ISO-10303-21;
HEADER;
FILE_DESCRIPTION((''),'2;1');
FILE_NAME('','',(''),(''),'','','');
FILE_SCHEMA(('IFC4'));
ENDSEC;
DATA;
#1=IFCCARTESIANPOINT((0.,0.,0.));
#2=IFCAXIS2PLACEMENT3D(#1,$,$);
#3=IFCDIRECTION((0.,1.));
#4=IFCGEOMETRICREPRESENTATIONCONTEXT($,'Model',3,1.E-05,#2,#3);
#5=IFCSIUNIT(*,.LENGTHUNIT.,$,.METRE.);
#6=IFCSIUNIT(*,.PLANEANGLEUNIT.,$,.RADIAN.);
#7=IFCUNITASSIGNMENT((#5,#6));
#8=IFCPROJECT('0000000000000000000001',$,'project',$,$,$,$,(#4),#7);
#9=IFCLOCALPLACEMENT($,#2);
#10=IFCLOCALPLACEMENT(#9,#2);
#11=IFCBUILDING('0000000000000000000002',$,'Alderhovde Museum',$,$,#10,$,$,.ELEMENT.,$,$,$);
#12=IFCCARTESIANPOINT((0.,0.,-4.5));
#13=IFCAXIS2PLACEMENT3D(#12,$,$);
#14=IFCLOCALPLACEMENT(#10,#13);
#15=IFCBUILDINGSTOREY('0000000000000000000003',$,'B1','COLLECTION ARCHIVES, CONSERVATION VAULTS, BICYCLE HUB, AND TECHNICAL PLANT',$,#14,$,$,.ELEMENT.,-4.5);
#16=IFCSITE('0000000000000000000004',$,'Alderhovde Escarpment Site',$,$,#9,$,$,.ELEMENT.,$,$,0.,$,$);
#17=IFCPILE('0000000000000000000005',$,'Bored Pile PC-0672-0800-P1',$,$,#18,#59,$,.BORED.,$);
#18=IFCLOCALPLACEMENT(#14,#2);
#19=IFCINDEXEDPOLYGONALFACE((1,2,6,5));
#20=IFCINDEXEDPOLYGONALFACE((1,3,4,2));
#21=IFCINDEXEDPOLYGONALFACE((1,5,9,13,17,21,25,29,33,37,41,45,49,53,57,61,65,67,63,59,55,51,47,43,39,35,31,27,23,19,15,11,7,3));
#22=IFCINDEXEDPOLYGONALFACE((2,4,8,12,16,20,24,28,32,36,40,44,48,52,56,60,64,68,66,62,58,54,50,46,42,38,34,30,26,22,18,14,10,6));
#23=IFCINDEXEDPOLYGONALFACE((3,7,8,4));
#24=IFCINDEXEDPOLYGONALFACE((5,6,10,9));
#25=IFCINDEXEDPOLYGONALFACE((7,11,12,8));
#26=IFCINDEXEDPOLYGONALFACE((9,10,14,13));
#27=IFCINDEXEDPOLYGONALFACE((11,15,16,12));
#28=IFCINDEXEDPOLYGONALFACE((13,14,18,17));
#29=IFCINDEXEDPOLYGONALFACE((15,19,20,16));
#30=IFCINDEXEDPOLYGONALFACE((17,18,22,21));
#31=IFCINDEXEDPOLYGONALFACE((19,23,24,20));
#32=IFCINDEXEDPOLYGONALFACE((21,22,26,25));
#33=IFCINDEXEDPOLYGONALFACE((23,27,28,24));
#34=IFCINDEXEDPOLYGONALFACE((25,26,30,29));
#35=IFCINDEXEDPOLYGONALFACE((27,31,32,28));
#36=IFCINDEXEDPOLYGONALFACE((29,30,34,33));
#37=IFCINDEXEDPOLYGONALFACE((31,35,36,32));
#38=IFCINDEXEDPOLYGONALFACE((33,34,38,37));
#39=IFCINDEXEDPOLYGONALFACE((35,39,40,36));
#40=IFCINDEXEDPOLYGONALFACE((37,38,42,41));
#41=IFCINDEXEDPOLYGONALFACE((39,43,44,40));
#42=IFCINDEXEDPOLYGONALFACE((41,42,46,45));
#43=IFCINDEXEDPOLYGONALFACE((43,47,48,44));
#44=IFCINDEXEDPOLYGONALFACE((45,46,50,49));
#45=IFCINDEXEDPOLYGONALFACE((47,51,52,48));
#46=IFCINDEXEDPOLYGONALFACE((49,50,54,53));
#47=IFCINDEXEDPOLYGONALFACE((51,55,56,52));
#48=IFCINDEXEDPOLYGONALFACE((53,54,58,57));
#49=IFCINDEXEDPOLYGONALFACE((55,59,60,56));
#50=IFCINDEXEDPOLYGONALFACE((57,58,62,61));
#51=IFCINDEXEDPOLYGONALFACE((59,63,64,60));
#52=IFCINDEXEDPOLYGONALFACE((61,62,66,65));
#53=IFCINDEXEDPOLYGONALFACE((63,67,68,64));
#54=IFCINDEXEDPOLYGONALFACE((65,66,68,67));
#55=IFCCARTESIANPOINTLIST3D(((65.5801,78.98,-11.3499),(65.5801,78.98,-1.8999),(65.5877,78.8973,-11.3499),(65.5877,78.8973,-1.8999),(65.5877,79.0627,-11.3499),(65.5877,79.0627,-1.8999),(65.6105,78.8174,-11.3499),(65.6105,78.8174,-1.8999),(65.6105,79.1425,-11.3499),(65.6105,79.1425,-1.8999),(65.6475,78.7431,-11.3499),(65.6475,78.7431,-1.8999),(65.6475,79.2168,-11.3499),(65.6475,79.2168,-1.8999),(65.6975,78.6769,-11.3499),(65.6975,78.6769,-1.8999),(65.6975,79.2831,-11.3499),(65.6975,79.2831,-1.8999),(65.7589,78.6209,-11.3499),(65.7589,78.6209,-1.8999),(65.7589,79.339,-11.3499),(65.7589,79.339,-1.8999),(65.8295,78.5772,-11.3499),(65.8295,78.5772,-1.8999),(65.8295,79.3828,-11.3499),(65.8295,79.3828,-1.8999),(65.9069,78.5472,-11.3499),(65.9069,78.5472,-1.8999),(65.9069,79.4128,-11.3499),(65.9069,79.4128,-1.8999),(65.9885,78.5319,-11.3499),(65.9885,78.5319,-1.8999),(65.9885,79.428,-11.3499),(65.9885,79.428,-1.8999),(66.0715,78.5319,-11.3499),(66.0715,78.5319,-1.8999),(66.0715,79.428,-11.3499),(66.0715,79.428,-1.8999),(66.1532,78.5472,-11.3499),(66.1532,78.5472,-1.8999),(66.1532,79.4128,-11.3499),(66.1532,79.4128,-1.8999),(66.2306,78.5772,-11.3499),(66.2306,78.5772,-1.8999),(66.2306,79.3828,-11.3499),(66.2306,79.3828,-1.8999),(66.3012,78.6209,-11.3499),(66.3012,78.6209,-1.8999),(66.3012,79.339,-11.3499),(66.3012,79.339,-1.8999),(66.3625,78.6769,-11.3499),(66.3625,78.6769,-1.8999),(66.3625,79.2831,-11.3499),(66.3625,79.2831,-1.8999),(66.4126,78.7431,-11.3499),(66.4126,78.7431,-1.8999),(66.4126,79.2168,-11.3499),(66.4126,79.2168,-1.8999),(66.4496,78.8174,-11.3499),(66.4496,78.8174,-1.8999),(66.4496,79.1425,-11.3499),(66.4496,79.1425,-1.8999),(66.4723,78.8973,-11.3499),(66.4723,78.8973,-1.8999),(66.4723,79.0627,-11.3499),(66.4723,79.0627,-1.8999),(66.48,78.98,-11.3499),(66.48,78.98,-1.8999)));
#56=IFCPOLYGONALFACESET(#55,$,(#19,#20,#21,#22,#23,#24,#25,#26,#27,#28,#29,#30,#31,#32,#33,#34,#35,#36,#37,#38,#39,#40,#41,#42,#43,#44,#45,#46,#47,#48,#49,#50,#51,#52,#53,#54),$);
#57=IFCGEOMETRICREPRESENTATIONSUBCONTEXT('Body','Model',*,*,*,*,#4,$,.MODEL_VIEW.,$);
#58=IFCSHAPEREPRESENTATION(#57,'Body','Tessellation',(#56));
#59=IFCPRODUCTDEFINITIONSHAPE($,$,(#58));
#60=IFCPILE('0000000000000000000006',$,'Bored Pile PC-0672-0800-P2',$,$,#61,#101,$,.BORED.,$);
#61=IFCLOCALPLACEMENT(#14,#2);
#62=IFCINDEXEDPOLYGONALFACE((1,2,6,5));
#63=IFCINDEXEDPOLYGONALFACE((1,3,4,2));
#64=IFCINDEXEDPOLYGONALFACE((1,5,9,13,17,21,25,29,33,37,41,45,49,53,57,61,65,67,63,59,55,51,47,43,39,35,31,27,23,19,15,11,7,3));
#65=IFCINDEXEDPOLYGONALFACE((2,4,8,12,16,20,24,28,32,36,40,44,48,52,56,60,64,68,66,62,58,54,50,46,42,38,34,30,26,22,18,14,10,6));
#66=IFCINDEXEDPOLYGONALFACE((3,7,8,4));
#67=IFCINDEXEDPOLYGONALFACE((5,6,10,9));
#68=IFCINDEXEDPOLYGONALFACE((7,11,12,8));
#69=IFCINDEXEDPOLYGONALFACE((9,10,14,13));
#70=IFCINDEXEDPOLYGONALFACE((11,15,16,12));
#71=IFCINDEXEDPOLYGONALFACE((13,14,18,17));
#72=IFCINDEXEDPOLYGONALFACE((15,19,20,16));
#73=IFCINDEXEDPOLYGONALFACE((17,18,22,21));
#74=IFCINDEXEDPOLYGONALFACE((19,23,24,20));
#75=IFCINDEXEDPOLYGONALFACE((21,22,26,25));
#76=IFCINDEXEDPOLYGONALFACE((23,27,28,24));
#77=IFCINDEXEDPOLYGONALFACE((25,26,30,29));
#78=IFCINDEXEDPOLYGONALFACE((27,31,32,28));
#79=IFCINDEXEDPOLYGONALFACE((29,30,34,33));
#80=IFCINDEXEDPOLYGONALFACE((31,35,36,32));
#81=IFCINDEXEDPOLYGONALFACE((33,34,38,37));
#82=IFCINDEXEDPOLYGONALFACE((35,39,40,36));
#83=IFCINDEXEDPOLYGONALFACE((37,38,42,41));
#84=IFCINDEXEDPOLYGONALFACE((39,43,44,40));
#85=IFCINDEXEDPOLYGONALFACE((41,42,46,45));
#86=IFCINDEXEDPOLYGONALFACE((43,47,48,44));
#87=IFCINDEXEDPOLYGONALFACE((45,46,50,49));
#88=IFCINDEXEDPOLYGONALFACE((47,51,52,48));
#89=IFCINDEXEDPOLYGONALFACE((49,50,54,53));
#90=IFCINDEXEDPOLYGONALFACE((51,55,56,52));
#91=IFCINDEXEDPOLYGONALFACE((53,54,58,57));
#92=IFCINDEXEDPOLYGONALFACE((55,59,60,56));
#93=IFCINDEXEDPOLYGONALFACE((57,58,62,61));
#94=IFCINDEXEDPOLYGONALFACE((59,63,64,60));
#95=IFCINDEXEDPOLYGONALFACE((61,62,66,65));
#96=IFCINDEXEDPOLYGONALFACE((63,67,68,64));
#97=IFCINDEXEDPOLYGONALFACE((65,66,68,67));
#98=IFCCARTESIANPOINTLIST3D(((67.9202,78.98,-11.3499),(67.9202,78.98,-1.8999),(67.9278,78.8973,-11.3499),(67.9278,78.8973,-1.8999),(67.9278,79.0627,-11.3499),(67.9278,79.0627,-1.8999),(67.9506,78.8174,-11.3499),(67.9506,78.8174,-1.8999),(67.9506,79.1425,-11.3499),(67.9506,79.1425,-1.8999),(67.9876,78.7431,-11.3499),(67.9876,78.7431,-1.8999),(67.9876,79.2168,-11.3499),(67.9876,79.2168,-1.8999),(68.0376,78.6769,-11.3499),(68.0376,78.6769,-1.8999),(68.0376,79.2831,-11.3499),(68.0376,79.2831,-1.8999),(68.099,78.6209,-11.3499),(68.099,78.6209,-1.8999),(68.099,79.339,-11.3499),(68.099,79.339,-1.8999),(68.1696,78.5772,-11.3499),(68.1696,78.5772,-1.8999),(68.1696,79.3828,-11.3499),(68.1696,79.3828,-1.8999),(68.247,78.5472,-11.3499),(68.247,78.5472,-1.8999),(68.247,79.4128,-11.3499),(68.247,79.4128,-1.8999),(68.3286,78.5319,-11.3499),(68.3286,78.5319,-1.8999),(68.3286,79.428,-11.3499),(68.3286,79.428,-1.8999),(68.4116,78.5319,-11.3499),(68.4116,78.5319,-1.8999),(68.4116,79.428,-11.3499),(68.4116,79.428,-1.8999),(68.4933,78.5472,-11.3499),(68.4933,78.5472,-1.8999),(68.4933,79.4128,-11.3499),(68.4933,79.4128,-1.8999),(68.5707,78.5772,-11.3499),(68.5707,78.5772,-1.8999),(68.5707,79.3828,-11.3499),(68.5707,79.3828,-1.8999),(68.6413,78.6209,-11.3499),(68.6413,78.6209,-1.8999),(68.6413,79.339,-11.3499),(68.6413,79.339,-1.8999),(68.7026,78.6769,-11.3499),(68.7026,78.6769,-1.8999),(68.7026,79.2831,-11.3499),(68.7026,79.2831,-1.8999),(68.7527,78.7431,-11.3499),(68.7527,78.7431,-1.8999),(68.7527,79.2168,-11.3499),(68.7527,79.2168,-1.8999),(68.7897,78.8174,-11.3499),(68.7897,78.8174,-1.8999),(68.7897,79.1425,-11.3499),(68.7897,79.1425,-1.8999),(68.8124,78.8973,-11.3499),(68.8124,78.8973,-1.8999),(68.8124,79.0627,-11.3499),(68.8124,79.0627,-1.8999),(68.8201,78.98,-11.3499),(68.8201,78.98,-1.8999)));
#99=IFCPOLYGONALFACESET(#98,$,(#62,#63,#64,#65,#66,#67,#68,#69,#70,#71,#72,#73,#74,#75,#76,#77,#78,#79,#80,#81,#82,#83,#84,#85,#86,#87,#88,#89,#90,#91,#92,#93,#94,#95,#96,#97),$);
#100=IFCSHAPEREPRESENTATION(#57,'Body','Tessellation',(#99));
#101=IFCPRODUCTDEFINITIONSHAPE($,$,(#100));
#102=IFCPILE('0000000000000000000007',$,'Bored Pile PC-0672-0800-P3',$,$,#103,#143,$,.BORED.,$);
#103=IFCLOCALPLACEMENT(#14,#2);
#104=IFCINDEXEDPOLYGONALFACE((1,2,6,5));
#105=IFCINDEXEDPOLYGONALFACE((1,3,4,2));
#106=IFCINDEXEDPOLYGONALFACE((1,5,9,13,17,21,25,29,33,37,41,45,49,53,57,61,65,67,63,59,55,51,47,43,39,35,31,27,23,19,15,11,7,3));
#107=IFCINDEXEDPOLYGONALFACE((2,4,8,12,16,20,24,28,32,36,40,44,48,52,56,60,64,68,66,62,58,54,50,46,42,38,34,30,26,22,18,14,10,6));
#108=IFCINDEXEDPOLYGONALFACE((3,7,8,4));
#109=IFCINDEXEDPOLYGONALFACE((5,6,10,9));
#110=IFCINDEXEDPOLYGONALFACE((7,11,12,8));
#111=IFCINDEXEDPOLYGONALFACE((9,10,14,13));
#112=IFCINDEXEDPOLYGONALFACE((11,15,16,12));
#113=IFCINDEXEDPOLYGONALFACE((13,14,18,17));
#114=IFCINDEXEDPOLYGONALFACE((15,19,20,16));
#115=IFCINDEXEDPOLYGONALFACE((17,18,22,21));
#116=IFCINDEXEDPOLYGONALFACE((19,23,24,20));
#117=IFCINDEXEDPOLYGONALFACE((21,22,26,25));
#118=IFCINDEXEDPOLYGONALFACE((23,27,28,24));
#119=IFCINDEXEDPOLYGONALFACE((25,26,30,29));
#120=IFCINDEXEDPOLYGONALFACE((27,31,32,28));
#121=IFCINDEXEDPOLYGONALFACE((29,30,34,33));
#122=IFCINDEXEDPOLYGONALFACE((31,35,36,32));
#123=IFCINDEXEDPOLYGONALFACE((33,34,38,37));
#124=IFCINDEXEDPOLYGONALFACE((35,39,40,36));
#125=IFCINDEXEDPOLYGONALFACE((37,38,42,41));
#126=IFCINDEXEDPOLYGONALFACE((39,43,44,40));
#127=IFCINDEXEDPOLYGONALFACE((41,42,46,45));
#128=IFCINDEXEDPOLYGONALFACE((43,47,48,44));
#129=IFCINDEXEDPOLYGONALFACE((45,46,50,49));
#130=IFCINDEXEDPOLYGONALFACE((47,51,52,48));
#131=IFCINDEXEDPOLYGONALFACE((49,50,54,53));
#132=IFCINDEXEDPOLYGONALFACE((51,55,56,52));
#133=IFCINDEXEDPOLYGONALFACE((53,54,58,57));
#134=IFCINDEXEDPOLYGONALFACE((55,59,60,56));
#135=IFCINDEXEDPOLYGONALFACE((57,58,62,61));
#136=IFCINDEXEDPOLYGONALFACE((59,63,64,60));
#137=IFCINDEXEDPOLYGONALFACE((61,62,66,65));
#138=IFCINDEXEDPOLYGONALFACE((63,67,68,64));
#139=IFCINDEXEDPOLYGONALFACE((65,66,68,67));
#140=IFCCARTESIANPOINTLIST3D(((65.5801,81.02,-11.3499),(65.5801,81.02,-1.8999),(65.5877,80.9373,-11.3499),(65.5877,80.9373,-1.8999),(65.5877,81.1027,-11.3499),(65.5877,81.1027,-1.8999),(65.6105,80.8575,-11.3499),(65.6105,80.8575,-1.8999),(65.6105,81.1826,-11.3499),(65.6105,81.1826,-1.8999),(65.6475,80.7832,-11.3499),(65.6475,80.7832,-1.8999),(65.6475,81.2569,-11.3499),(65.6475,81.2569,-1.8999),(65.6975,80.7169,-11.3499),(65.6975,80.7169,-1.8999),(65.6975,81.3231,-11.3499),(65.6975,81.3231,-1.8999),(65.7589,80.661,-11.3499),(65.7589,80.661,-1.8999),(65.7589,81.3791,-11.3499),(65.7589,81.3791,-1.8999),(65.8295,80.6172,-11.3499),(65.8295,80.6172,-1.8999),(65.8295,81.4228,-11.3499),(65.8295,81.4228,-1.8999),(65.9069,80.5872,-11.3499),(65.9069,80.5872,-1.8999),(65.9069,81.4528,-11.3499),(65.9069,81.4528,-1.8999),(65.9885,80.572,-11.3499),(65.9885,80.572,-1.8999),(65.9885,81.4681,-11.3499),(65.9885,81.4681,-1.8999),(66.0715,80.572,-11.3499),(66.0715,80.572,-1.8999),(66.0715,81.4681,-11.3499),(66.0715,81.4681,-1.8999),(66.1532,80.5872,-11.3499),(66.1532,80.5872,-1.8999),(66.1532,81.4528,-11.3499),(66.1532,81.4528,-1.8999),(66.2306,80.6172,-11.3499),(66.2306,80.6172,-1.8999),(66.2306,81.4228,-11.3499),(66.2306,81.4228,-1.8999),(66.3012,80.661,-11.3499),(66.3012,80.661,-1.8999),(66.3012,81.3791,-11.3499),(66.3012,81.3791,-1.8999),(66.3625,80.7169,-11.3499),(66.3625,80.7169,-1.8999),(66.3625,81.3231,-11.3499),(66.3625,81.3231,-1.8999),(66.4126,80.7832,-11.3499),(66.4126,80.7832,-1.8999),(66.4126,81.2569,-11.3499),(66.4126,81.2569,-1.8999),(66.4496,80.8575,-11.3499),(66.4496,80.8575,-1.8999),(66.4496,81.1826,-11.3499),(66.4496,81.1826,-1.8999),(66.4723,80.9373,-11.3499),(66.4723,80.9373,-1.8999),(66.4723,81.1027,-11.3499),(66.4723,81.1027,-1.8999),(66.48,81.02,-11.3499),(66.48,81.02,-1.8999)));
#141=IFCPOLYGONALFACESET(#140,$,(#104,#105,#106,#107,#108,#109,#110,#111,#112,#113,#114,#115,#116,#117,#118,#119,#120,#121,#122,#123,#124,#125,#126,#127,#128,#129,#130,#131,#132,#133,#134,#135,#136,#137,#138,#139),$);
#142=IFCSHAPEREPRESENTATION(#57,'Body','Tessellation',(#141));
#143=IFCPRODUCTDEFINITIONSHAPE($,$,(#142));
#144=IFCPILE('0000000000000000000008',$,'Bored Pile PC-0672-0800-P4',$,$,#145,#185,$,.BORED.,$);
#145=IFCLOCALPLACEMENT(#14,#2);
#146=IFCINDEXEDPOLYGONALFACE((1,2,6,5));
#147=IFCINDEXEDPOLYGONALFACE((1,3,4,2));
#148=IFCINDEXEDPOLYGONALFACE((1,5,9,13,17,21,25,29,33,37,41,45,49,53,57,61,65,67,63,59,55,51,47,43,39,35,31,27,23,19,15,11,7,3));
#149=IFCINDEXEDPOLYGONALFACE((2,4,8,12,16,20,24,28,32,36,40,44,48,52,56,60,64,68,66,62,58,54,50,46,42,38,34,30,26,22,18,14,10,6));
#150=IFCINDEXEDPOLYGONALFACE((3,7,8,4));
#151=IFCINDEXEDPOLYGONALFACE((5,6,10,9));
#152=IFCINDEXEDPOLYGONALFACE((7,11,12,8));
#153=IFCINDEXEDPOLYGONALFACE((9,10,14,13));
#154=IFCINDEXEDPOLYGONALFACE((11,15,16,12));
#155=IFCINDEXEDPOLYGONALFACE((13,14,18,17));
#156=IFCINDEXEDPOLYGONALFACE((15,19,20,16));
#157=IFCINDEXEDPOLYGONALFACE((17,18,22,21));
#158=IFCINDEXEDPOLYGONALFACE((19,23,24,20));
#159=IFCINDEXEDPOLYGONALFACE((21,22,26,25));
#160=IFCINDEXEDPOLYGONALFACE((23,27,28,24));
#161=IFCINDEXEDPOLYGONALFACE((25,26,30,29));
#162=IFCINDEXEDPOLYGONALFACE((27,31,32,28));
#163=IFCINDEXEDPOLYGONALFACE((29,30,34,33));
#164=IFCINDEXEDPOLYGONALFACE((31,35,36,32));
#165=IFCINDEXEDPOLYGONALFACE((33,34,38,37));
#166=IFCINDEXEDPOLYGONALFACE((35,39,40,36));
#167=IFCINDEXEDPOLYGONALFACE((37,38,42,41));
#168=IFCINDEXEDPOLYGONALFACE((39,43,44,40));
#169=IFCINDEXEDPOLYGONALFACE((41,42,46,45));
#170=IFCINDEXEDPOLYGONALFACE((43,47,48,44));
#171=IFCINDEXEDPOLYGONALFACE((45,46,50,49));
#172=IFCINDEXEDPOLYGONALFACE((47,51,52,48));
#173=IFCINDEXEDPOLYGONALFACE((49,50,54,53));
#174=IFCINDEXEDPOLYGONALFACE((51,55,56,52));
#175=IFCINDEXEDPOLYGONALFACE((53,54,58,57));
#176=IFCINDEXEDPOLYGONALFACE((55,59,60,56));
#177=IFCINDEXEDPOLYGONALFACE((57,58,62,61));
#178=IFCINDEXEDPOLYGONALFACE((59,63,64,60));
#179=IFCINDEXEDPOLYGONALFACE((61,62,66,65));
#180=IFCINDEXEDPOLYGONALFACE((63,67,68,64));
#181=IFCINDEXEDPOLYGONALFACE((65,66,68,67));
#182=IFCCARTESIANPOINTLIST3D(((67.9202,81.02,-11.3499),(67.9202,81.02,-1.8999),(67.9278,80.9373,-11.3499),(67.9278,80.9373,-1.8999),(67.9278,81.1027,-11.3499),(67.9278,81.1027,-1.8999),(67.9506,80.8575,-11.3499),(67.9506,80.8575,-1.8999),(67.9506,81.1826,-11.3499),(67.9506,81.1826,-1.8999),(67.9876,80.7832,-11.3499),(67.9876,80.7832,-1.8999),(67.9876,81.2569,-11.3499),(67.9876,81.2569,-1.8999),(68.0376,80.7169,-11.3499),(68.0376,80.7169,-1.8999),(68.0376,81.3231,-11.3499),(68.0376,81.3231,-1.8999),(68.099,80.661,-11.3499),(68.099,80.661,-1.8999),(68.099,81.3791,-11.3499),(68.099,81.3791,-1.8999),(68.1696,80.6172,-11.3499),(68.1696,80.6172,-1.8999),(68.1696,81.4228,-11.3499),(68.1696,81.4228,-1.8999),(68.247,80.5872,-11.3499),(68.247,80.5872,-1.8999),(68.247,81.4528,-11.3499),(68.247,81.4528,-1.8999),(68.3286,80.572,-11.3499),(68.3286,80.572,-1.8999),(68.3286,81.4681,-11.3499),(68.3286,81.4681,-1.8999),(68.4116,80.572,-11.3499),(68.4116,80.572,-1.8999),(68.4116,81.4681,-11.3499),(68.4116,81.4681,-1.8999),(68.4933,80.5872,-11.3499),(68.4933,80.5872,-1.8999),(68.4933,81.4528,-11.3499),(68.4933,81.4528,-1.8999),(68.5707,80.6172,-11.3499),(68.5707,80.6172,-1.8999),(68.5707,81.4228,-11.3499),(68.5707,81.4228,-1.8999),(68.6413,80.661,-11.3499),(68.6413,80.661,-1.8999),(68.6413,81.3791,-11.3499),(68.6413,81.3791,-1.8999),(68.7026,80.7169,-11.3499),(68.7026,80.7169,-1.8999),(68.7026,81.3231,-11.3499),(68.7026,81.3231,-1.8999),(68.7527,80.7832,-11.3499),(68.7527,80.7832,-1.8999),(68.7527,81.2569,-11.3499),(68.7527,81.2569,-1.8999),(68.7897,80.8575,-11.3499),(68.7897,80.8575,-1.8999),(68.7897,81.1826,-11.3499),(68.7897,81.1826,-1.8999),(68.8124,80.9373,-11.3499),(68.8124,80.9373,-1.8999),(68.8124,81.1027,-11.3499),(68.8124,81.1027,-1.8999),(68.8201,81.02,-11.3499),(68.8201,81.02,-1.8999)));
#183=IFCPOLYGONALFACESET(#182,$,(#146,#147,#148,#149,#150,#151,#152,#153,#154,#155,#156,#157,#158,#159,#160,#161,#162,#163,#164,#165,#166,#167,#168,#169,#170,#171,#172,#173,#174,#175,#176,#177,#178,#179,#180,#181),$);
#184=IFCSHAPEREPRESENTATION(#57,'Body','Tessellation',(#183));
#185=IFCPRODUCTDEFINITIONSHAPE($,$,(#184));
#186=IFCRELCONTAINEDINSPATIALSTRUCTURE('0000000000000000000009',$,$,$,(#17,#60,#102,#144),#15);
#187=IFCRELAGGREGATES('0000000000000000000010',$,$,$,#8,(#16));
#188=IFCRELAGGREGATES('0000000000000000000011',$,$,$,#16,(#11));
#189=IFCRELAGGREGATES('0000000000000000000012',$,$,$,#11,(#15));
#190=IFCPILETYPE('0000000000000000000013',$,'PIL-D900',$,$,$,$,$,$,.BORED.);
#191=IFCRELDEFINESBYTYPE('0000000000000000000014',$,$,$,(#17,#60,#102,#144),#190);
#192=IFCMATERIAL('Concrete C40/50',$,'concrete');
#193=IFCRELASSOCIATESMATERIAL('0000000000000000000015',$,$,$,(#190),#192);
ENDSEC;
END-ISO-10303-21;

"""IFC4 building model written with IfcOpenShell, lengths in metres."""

from ifc_helpers import new_model, si_unit, direction, frame, origin, origin_2d, place, context, subcontext, project, spatial, circle, extrude, material, material_profile, profile_set, type_object, element, save


model = new_model("IFC4")

# Units and contexts
model_context = context("Model", 3, precision=1e-05, world=origin(), true_north=direction((0.0, 1.0)))
body_context = subcontext(model_context, "Body", "Model", "MODEL_VIEW")
ifc_project = project(units=[si_unit("LENGTHUNIT", "METRE"), si_unit("PLANEANGLEUNIT", "RADIAN")], contexts=[model_context])

# Site, building, storey
site_placement = place(None, origin())
site = spatial("IfcSite", under=ifc_project, at=site_placement, Name="Alderhovde Escarpment Site", CompositionType="ELEMENT", RefElevation=0.0)
building_placement = place(site_placement, origin())
building = spatial("IfcBuilding", under=site, at=building_placement, Name="Alderhovde Museum", CompositionType="ELEMENT")
storey_placement = place(building_placement, frame((0.0, 0.0, -4.5)))
storey = spatial("IfcBuildingStorey", under=building, at=storey_placement, Name="B1", Description="COLLECTION ARCHIVES, CONSERVATION VAULTS, BICYCLE HUB, AND TECHNICAL PLANT", CompositionType="ELEMENT", Elevation=-4.5)

# Piles
ifc_material_1 = material(Name="Concrete C40/50", Category="concrete")
ifc_material_profile_1 = material_profile(ifc_material_1, circle(Radius=0.45, at=origin_2d()), Name="PILE-D900")
ifc_profile_set_1 = profile_set([ifc_material_profile_1], Name="Concrete C40/50")
pile_type = type_object("IfcPileType", Name="PIL-D900", PredefinedType="BORED", material=ifc_profile_set_1)
for number, where, z_axis, x_axis, name in (
    (1, (66.03, 78.98, -1.8999), (0.0, 0.0, -1.0), (1.0, 0.0, 0.0), "Bored Pile PC-0672-0800-P1"),
    (2, (68.3701, 78.98, -1.8999), (0.0, 0.0, -1.0), (1.0, 0.0, 0.0), "Bored Pile PC-0672-0800-P2"),
    (3, (66.03, 81.02, -1.8999), (0.0, 0.0, -1.0), (1.0, 0.0, 0.0), "Bored Pile PC-0672-0800-P3"),
    (4, (68.3701, 81.02, -1.8999), (0.0, 0.0, -1.0), (1.0, 0.0, 0.0), "Bored Pile PC-0672-0800-P4"),
):
    element("IfcPile", number, at=place(storey_placement, frame(where, z_axis=z_axis, x_axis=x_axis)), inside=storey, type_object=pile_type, Name=name, PredefinedType="BORED", context=body_context, shape_type="SweptSolid", body=[
        extrude(circle(Radius=0.45, at=origin_2d()), origin(), (0.0, 0.0, 1.0), 9.45),
    ])

save(model, "model.ifc")
